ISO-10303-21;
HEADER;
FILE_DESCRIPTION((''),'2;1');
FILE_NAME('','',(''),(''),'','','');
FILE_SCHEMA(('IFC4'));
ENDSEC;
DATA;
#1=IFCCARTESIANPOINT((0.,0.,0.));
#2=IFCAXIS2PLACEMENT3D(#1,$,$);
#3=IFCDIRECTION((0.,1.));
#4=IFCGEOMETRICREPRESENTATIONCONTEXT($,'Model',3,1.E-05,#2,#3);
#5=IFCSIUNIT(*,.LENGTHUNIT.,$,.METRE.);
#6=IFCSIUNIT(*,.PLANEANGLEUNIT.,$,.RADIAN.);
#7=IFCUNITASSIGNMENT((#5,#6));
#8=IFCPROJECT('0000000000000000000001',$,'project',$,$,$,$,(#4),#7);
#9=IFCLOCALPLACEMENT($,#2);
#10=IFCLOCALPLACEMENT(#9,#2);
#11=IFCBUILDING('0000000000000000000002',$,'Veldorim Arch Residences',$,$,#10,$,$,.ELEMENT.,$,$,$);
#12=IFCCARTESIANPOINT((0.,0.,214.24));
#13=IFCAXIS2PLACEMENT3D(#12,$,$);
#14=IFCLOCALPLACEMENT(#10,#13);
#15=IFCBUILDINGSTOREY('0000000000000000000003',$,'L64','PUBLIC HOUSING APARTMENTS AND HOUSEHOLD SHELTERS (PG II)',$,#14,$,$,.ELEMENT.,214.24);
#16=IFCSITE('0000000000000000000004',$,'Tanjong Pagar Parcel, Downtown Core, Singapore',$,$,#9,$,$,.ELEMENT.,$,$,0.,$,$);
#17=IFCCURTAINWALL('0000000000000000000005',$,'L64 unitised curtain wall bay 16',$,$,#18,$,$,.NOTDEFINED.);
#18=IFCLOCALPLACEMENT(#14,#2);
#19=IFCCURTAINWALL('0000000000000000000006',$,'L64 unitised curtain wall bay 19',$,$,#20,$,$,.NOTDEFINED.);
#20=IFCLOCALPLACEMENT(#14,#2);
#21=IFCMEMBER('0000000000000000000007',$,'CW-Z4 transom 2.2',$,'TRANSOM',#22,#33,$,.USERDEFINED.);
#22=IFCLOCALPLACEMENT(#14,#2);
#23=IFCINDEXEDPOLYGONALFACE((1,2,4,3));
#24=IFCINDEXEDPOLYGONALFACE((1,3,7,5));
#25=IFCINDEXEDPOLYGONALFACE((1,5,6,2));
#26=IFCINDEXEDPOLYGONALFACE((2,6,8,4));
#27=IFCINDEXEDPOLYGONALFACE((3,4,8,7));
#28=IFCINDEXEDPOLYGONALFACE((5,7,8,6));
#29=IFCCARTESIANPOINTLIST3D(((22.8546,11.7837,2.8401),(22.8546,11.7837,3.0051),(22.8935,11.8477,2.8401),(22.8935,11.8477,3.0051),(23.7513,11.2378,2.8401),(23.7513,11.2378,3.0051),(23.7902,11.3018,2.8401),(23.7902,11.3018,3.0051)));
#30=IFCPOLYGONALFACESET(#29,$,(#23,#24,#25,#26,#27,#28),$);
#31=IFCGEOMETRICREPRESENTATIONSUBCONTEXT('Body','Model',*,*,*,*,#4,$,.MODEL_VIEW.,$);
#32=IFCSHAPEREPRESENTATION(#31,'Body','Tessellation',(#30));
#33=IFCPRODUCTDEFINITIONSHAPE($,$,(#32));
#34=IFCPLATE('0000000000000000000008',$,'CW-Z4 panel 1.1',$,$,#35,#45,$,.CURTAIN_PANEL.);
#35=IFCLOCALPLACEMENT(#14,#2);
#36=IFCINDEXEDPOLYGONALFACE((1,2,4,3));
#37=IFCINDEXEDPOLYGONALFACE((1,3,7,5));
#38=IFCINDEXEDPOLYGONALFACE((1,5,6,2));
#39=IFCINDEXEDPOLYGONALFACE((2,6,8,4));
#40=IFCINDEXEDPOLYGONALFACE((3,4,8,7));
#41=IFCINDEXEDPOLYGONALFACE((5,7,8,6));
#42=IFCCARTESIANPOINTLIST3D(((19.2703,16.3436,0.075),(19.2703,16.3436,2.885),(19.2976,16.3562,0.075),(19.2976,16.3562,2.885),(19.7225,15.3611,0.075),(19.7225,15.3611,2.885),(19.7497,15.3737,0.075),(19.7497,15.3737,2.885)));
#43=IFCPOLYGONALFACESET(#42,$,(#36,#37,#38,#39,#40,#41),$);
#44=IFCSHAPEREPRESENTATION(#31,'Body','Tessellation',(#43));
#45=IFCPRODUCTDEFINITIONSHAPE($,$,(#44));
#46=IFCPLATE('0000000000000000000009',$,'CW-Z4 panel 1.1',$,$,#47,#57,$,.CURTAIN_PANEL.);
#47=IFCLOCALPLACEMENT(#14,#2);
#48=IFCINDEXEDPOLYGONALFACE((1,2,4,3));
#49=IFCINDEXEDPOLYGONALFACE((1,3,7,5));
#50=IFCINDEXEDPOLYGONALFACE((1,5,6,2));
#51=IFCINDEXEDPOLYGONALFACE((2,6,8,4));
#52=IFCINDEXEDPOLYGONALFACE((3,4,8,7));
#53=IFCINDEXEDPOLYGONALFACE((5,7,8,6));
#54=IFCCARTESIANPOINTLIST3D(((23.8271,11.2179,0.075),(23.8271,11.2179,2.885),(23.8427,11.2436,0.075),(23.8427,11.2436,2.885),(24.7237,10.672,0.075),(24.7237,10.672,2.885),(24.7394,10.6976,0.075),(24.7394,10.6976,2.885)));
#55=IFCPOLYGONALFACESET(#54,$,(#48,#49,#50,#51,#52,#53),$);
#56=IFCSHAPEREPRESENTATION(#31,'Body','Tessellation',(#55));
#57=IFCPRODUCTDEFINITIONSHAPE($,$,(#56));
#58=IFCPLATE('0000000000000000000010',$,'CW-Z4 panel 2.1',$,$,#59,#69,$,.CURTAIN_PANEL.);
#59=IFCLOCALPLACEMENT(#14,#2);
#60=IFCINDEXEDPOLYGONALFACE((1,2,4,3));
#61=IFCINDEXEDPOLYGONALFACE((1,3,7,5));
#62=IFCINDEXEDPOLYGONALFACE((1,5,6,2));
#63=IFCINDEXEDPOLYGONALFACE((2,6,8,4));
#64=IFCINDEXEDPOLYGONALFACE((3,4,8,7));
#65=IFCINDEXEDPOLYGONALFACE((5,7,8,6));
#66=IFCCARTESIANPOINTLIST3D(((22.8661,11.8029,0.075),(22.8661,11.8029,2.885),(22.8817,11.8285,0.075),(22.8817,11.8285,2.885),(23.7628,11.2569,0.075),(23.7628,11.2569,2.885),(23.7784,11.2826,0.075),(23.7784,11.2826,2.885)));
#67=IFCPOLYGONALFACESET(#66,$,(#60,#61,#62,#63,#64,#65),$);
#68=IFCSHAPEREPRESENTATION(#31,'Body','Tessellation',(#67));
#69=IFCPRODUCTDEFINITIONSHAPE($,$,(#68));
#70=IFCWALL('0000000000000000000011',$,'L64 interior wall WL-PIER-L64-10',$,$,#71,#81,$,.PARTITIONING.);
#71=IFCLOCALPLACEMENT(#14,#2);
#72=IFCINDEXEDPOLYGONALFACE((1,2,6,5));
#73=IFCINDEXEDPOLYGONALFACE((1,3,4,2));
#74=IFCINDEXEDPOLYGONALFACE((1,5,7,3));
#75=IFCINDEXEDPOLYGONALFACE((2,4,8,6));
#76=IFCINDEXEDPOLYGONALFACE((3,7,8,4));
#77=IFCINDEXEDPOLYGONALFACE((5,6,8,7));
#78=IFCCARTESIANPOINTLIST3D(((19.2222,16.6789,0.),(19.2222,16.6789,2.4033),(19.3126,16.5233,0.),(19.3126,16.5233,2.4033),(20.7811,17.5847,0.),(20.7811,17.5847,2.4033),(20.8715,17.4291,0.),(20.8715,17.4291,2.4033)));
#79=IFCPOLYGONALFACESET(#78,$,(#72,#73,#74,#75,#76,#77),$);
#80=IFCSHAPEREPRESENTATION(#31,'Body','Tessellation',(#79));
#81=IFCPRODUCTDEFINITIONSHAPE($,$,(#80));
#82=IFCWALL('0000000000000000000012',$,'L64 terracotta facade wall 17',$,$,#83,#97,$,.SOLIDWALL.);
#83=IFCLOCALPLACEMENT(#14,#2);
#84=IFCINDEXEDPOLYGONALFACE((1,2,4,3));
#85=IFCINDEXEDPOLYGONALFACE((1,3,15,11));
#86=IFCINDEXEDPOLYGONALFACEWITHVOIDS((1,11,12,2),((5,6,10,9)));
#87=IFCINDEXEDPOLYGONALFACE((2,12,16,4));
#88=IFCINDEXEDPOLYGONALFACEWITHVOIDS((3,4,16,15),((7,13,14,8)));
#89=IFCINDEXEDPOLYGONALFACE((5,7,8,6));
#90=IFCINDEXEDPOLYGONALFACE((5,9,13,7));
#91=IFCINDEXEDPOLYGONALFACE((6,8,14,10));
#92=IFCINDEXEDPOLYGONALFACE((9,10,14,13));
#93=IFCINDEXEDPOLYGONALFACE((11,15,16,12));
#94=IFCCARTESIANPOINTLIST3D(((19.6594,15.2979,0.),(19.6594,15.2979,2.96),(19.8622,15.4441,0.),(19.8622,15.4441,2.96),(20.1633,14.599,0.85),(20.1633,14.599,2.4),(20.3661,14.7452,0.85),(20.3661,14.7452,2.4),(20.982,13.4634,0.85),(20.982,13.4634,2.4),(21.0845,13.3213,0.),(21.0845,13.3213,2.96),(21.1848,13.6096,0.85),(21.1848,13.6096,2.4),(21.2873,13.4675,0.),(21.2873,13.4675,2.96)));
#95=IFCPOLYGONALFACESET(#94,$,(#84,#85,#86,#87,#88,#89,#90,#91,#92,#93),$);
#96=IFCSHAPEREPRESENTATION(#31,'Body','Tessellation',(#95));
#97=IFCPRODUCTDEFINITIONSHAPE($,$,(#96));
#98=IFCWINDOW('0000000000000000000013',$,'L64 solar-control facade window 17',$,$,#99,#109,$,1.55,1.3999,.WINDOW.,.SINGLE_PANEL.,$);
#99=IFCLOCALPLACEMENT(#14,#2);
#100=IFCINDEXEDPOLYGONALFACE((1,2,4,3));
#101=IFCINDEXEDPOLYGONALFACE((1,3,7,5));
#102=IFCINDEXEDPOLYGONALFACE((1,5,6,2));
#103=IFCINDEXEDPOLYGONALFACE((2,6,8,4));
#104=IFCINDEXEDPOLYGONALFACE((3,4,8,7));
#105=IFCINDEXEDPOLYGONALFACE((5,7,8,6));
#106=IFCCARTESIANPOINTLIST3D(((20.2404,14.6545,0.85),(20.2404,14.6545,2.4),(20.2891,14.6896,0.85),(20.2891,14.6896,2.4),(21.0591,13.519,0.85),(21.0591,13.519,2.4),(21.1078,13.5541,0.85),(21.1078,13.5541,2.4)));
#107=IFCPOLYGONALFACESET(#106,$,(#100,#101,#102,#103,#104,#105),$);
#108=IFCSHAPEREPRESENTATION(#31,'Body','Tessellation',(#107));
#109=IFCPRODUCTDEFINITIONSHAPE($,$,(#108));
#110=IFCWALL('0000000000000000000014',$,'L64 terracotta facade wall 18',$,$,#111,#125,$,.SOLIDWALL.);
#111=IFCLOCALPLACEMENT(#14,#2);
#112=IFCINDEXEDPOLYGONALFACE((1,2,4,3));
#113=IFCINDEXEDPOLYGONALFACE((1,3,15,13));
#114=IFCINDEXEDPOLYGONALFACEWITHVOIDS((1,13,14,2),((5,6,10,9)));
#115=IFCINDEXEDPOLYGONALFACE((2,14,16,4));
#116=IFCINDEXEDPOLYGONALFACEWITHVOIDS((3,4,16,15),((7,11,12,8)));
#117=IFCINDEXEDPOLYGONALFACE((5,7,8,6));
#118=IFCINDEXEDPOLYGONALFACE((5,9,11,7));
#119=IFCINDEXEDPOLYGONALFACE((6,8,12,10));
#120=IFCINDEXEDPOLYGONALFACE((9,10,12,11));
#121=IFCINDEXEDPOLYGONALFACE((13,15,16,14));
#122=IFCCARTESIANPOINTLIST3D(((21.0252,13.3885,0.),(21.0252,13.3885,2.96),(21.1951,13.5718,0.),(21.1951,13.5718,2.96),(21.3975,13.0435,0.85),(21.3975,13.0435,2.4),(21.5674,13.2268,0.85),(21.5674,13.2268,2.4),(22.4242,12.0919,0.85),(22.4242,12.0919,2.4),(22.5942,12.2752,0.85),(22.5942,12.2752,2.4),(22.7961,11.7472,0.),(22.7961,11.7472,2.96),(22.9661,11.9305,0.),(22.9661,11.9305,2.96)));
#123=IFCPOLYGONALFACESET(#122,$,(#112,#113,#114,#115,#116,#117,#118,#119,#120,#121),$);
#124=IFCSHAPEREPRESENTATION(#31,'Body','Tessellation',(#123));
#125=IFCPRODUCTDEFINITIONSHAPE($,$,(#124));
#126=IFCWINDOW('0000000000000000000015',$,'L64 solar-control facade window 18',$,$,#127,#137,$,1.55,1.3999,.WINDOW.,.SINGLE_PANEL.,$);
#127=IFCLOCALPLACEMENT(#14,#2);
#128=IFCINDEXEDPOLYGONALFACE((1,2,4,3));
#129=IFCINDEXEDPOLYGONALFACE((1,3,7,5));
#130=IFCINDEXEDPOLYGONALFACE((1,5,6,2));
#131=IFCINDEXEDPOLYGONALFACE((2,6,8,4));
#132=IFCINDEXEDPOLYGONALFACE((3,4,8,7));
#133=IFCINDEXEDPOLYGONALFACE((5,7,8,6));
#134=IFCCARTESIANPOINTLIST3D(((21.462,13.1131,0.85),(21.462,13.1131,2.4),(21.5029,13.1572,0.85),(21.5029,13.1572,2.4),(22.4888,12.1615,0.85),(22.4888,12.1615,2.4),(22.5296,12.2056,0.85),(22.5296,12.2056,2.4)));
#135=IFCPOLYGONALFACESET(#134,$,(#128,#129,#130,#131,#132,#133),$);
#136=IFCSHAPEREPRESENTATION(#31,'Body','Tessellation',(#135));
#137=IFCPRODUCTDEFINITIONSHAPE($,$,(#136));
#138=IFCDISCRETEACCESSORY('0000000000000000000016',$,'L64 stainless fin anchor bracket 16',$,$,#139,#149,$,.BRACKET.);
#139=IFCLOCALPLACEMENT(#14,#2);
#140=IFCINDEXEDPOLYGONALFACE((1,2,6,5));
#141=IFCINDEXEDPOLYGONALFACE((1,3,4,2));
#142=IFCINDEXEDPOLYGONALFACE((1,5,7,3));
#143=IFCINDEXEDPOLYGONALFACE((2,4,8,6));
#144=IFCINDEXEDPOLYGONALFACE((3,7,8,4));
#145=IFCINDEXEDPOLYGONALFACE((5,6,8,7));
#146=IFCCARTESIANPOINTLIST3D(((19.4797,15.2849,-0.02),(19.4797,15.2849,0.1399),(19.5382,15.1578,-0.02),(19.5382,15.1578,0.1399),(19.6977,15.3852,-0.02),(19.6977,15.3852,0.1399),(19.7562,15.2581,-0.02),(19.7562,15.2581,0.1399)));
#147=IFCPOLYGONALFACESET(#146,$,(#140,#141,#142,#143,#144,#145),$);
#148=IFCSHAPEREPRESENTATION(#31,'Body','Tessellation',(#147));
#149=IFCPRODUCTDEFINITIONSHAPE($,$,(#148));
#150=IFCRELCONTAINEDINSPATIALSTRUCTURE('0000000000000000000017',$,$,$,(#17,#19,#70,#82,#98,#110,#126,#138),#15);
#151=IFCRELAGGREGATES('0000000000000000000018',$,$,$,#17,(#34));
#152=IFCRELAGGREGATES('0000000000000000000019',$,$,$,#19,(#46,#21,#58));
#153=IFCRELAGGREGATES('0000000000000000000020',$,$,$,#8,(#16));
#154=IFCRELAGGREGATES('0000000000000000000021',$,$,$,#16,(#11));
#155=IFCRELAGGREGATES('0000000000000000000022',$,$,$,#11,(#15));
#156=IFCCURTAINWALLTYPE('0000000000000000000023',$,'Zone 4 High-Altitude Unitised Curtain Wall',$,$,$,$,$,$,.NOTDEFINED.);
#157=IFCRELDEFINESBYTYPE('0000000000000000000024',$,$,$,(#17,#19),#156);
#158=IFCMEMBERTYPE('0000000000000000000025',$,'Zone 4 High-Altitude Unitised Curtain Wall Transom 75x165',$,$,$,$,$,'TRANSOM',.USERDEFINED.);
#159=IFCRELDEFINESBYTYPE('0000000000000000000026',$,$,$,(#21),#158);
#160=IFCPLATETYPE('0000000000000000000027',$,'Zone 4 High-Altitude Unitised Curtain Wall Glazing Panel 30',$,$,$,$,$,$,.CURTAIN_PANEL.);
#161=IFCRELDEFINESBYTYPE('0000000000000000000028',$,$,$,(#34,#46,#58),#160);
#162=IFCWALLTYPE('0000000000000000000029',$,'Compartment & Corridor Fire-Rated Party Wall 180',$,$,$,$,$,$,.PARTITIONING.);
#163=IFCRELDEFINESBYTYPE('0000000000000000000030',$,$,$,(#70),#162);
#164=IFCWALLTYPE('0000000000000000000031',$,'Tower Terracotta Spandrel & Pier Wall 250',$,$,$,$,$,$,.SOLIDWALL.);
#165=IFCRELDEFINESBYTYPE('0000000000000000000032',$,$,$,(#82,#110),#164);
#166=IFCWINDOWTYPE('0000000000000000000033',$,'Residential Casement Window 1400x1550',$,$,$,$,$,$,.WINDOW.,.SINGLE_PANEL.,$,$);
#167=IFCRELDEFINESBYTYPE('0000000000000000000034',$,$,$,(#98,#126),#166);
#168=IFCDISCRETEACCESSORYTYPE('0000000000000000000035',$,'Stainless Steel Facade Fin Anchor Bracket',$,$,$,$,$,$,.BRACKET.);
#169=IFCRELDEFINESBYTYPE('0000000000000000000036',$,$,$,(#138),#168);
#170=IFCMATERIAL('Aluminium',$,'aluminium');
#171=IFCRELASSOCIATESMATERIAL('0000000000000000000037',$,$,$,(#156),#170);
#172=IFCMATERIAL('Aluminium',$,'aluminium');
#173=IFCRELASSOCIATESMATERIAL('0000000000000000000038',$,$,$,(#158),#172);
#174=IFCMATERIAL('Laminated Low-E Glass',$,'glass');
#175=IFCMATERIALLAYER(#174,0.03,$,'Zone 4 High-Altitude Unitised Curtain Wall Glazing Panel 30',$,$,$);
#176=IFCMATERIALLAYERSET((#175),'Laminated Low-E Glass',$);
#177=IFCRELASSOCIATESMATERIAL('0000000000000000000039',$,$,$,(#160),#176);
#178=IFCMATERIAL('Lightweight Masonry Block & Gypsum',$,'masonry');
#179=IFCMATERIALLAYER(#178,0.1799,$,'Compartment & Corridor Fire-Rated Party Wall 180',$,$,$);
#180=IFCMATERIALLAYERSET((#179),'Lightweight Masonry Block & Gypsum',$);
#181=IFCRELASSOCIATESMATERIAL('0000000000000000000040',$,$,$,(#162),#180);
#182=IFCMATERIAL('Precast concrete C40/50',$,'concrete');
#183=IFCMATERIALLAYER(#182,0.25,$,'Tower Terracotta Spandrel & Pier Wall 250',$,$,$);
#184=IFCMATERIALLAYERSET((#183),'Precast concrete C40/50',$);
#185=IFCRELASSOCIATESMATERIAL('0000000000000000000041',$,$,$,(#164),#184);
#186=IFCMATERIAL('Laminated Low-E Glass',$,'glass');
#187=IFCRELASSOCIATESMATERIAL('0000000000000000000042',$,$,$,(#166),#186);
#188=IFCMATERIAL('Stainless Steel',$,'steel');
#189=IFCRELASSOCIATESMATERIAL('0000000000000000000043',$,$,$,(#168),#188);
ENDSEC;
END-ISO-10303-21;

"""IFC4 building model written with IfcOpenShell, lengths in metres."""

from ifc_helpers import new_model, si_unit, direction, frame, frame_2d, origin, origin_2d, place, context, subcontext, project, spatial, rectangle, extrude, material, layer, layer_set, material_profile, profile_set, type_object, element, fill, aggregate, save


model = new_model("IFC4")

# Units and contexts
model_context = context("Model", 3, precision=1e-05, world=origin(), true_north=direction((0.0, 1.0)))
body_context = subcontext(model_context, "Body", "Model", "MODEL_VIEW")
ifc_project = project(units=[si_unit("LENGTHUNIT", "METRE"), si_unit("PLANEANGLEUNIT", "RADIAN")], contexts=[model_context])

# Site, building, storey
site_placement = place(None, origin())
site = spatial("IfcSite", under=ifc_project, at=site_placement, Name="Tanjong Pagar Parcel, Downtown Core, Singapore", CompositionType="ELEMENT", RefElevation=0.0)
building_placement = place(site_placement, origin())
building = spatial("IfcBuilding", under=site, at=building_placement, Name="Veldorim Arch Residences", CompositionType="ELEMENT")
storey_placement = place(building_placement, frame((0.0, 0.0, 214.24)))
storey = spatial("IfcBuildingStorey", under=building, at=storey_placement, Name="L64", Description="PUBLIC HOUSING APARTMENTS AND HOUSEHOLD SHELTERS (PG II)", CompositionType="ELEMENT", Elevation=214.24)

# Curtain wall
ifc_material_1 = material(Name="Aluminium", Category="aluminium")
curtain_wall_type = type_object("IfcCurtainWallType", Name="Zone 4 High-Altitude Unitised Curtain Wall", PredefinedType="NOTDEFINED", material=ifc_material_1)
curtain_wall_1_placement = place(storey_placement, origin())
curtain_wall_1 = element("IfcCurtainWall", 1, at=curtain_wall_1_placement, inside=storey, type_object=curtain_wall_type, Name="L64 unitised curtain wall bay 16", PredefinedType="NOTDEFINED")

# Curtain wall
curtain_wall_2_placement = place(storey_placement, origin())
curtain_wall_2 = element("IfcCurtainWall", 2, at=curtain_wall_2_placement, inside=storey, type_object=curtain_wall_type, Name="L64 unitised curtain wall bay 19", PredefinedType="NOTDEFINED")

# Member
ifc_material_2 = material(Name="Aluminium", Category="aluminium")
ifc_material_profile_1 = material_profile(ifc_material_2, rectangle(XDim=0.075, YDim=0.165, at=origin_2d()), Name="ALU_TRN_75x165")
ifc_profile_set_1 = profile_set([ifc_material_profile_1], Name="Aluminium")
member_type_1 = type_object("IfcMemberType", Name="Zone 4 High-Altitude Unitised Curtain Wall Transom 75x165", ElementType="TRANSOM", PredefinedType="USERDEFINED", material=ifc_profile_set_1)
member_1_placement = place(storey_placement, frame((23.7708, 11.2698, 2.9226), z_axis=(-0.854172, 0.519991, 0.0), x_axis=(-0.519991, -0.854172, 0.0)))
member_1 = element("IfcMember", 3, at=member_1_placement, type_object=member_type_1, Name="CW-Z4 transom 2.2", ObjectType="TRANSOM", PredefinedType="USERDEFINED", context=body_context, shape_type="SweptSolid", body=[
    extrude(rectangle(XDim=0.075, YDim=0.165, at=origin_2d()), origin(), (0.0, 0.0, 1.0), 1.0498),
])

# Plates
ifc_material_3 = material(Name="Laminated Low-E Glass", Category="glass")
ifc_layer_1 = layer(ifc_material_3, 0.03, Name="Zone 4 High-Altitude Unitised Curtain Wall Glazing Panel 30")
ifc_layer_set_1 = layer_set([ifc_layer_1], Name="Laminated Low-E Glass")
plate_type = type_object("IfcPlateType", Name="Zone 4 High-Altitude Unitised Curtain Wall Glazing Panel 30", PredefinedType="CURTAIN_PANEL", material=ifc_layer_set_1)
plate_1_placement = place(storey_placement, frame((19.51, 15.8586, 0.075), z_axis=(0.0, 0.0, 1.0), x_axis=(-0.418102, 0.9084, 0.0)))
plate_1 = element("IfcPlate", 4, at=plate_1_placement, type_object=plate_type, Name="CW-Z4 panel 1.1", PredefinedType="CURTAIN_PANEL", context=body_context, shape_type="SweptSolid", body=[
    extrude(rectangle(XDim=1.0815, YDim=0.03, at=origin_2d()), origin(), (0.0, 0.0, 1.0), 2.8101),
])
aggregate(curtain_wall_1, [plate_1])
plate_2_placement = place(storey_placement, frame((24.2832, 10.9578, 0.075), z_axis=(0.0, 0.0, 1.0), x_axis=(-0.854146, 0.520033, 0.0)))
plate_2 = element("IfcPlate", 5, at=plate_2_placement, type_object=plate_type, Name="CW-Z4 panel 1.1", PredefinedType="CURTAIN_PANEL", context=body_context, shape_type="SweptSolid", body=[
    extrude(rectangle(XDim=1.0498, YDim=0.03, at=origin_2d()), origin(), (0.0, 0.0, 1.0), 2.8101),
])
plate_3_placement = place(storey_placement, frame((23.3223, 11.5427, 0.075), z_axis=(0.0, 0.0, 1.0), x_axis=(-0.854146, 0.520033, 0.0)))
plate_3 = element("IfcPlate", 6, at=plate_3_placement, type_object=plate_type, Name="CW-Z4 panel 2.1", PredefinedType="CURTAIN_PANEL", context=body_context, shape_type="SweptSolid", body=[
    extrude(rectangle(XDim=1.0498, YDim=0.03, at=origin_2d()), origin(), (0.0, 0.0, 1.0), 2.8101),
])
aggregate(curtain_wall_2, [plate_2, member_1, plate_3])

# Wall
ifc_material_4 = material(Name="Lightweight Masonry Block & Gypsum", Category="masonry")
ifc_layer_2 = layer(ifc_material_4, 0.1799, Name="Compartment & Corridor Fire-Rated Party Wall 180")
ifc_layer_set_2 = layer_set([ifc_layer_2], Name="Lightweight Masonry Block & Gypsum")
wall_type_1 = type_object("IfcWallType", Name="Compartment & Corridor Fire-Rated Party Wall 180", PredefinedType="PARTITIONING", material=ifc_layer_set_2)
wall_1_placement = place(storey_placement, frame((20.8262, 17.5068, 0.0), z_axis=(0.0, 0.0, 1.0), x_axis=(-0.864637, -0.502397, 0.0)))
element("IfcWall", 7, at=wall_1_placement, inside=storey, type_object=wall_type_1, Name="L64 interior wall WL-PIER-L64-10", PredefinedType="PARTITIONING", context=body_context, shape_type="SweptSolid", body=[
    extrude(rectangle(XDim=1.803, YDim=0.1799, at=frame_2d((0.9014, 0.0))), origin(), (0.0, 0.0, 1.0), 2.4033),
])

# Walls, openings, windows
ifc_material_5 = material(Name="Precast concrete C40/50", Category="concrete")
ifc_layer_3 = layer(ifc_material_5, 0.25, Name="Tower Terracotta Spandrel & Pier Wall 250")
ifc_layer_set_3 = layer_set([ifc_layer_3], Name="Precast concrete C40/50")
wall_type_2 = type_object("IfcWallType", Name="Tower Terracotta Spandrel & Pier Wall 250", PredefinedType="SOLIDWALL", material=ifc_layer_set_3)
wall_2_placement = place(storey_placement, frame((21.1858, 13.3945, 0.0), z_axis=(0.0, 0.0, 1.0), x_axis=(-0.584825, 0.81116, 0.0)))
wall_2 = element("IfcWall", 8, at=wall_2_placement, inside=storey, type_object=wall_type_2, Name="L64 terracotta facade wall 17", PredefinedType="SOLIDWALL", context=body_context, shape_type="SweptSolid", body=[
    extrude(rectangle(XDim=2.4368, YDim=0.25, at=frame_2d((1.2183, 0.0))), origin(), (0.0, 0.0, 1.0), 2.96),
])
opening_1_placement = place(wall_2_placement, frame((0.175, 0.0, 0.8501)))
opening_1 = element("IfcOpeningElement", 9, at=opening_1_placement, cuts=wall_2, PredefinedType="OPENING", context=body_context, shape_type="SweptSolid", body=[
    extrude(rectangle(XDim=1.3999, YDim=1.55, at=frame_2d((0.7, 0.7749))), frame((0.0, 0.135, 0.0), z_axis=(0.0, -1.0, 0.0), x_axis=(1.0, 0.0, 0.0)), (0.0, 0.0, 1.0), 0.27),
])
ifc_material_6 = material(Name="Laminated Low-E Glass", Category="glass")
window_type = type_object("IfcWindowType", Name="Residential Casement Window 1400x1550", PartitioningType="SINGLE_PANEL", PredefinedType="WINDOW", material=ifc_material_6)
window_1_placement = place(opening_1_placement, origin())
window_1 = element("IfcWindow", 10, at=window_1_placement, inside=storey, type_object=window_type, Name="L64 solar-control facade window 17", OverallHeight=1.55, OverallWidth=1.3999, PartitioningType="SINGLE_PANEL", PredefinedType="WINDOW", context=body_context, shape_type="SweptSolid", body=[
    extrude(rectangle(XDim=1.3999, YDim=1.55, at=frame_2d((0.7, 0.7749))), frame((0.0, 0.03, 0.0), z_axis=(0.0, -1.0, 0.0), x_axis=(1.0, 0.0, 0.0)), (0.0, 0.0, 1.0), 0.0601),
])
fill(opening_1, window_1)
wall_3_placement = place(storey_placement, frame((22.8811, 11.8389, 0.0), z_axis=(0.0, 0.0, 1.0), x_axis=(-0.733441, 0.679753, 0.0)))
wall_3 = element("IfcWall", 11, at=wall_3_placement, inside=storey, type_object=wall_type_2, Name="L64 terracotta facade wall 18", PredefinedType="SOLIDWALL", context=body_context, shape_type="SweptSolid", body=[
    extrude(rectangle(XDim=2.4146, YDim=0.25, at=frame_2d((1.2073, 0.0))), origin(), (0.0, 0.0, 1.0), 2.96),
])
opening_2_placement = place(wall_3_placement, frame((0.5071, 0.0, 0.8501)))
opening_2 = element("IfcOpeningElement", 12, at=opening_2_placement, cuts=wall_3, PredefinedType="OPENING", context=body_context, shape_type="SweptSolid", body=[
    extrude(rectangle(XDim=1.3999, YDim=1.55, at=frame_2d((0.7, 0.7749))), frame((0.0, 0.135, 0.0), z_axis=(0.0, -1.0, 0.0), x_axis=(1.0, 0.0, 0.0)), (0.0, 0.0, 1.0), 0.27),
])
window_2_placement = place(opening_2_placement, origin())
window_2 = element("IfcWindow", 13, at=window_2_placement, inside=storey, type_object=window_type, Name="L64 solar-control facade window 18", OverallHeight=1.55, OverallWidth=1.3999, PartitioningType="SINGLE_PANEL", PredefinedType="WINDOW", context=body_context, shape_type="SweptSolid", body=[
    extrude(rectangle(XDim=1.3999, YDim=1.55, at=frame_2d((0.7, 0.7749))), frame((0.0, 0.03, 0.0), z_axis=(0.0, -1.0, 0.0), x_axis=(1.0, 0.0, 0.0)), (0.0, 0.0, 1.0), 0.0601),
])
fill(opening_2, window_2)

# Discrete accessory
ifc_material_7 = material(Name="Stainless Steel", Category="steel")
discrete_accessory_type = type_object("IfcDiscreteAccessoryType", Name="Stainless Steel Facade Fin Anchor Bracket", PredefinedType="BRACKET", material=ifc_material_7)
discrete_accessory_placement = place(storey_placement, frame((19.6179, 15.2715, -0.02), z_axis=(0.0, 0.0, 1.0), x_axis=(-0.418026, 0.908435, 0.0)))
element("IfcDiscreteAccessory", 14, at=discrete_accessory_placement, inside=storey, type_object=discrete_accessory_type, Name="L64 stainless fin anchor bracket 16", PredefinedType="BRACKET", context=body_context, shape_type="SweptSolid", body=[
    extrude(rectangle(XDim=0.1399, YDim=0.24, at=origin_2d()), origin(), (0.0, 0.0, 1.0), 0.1599),
])

save(model, "model.ifc")
